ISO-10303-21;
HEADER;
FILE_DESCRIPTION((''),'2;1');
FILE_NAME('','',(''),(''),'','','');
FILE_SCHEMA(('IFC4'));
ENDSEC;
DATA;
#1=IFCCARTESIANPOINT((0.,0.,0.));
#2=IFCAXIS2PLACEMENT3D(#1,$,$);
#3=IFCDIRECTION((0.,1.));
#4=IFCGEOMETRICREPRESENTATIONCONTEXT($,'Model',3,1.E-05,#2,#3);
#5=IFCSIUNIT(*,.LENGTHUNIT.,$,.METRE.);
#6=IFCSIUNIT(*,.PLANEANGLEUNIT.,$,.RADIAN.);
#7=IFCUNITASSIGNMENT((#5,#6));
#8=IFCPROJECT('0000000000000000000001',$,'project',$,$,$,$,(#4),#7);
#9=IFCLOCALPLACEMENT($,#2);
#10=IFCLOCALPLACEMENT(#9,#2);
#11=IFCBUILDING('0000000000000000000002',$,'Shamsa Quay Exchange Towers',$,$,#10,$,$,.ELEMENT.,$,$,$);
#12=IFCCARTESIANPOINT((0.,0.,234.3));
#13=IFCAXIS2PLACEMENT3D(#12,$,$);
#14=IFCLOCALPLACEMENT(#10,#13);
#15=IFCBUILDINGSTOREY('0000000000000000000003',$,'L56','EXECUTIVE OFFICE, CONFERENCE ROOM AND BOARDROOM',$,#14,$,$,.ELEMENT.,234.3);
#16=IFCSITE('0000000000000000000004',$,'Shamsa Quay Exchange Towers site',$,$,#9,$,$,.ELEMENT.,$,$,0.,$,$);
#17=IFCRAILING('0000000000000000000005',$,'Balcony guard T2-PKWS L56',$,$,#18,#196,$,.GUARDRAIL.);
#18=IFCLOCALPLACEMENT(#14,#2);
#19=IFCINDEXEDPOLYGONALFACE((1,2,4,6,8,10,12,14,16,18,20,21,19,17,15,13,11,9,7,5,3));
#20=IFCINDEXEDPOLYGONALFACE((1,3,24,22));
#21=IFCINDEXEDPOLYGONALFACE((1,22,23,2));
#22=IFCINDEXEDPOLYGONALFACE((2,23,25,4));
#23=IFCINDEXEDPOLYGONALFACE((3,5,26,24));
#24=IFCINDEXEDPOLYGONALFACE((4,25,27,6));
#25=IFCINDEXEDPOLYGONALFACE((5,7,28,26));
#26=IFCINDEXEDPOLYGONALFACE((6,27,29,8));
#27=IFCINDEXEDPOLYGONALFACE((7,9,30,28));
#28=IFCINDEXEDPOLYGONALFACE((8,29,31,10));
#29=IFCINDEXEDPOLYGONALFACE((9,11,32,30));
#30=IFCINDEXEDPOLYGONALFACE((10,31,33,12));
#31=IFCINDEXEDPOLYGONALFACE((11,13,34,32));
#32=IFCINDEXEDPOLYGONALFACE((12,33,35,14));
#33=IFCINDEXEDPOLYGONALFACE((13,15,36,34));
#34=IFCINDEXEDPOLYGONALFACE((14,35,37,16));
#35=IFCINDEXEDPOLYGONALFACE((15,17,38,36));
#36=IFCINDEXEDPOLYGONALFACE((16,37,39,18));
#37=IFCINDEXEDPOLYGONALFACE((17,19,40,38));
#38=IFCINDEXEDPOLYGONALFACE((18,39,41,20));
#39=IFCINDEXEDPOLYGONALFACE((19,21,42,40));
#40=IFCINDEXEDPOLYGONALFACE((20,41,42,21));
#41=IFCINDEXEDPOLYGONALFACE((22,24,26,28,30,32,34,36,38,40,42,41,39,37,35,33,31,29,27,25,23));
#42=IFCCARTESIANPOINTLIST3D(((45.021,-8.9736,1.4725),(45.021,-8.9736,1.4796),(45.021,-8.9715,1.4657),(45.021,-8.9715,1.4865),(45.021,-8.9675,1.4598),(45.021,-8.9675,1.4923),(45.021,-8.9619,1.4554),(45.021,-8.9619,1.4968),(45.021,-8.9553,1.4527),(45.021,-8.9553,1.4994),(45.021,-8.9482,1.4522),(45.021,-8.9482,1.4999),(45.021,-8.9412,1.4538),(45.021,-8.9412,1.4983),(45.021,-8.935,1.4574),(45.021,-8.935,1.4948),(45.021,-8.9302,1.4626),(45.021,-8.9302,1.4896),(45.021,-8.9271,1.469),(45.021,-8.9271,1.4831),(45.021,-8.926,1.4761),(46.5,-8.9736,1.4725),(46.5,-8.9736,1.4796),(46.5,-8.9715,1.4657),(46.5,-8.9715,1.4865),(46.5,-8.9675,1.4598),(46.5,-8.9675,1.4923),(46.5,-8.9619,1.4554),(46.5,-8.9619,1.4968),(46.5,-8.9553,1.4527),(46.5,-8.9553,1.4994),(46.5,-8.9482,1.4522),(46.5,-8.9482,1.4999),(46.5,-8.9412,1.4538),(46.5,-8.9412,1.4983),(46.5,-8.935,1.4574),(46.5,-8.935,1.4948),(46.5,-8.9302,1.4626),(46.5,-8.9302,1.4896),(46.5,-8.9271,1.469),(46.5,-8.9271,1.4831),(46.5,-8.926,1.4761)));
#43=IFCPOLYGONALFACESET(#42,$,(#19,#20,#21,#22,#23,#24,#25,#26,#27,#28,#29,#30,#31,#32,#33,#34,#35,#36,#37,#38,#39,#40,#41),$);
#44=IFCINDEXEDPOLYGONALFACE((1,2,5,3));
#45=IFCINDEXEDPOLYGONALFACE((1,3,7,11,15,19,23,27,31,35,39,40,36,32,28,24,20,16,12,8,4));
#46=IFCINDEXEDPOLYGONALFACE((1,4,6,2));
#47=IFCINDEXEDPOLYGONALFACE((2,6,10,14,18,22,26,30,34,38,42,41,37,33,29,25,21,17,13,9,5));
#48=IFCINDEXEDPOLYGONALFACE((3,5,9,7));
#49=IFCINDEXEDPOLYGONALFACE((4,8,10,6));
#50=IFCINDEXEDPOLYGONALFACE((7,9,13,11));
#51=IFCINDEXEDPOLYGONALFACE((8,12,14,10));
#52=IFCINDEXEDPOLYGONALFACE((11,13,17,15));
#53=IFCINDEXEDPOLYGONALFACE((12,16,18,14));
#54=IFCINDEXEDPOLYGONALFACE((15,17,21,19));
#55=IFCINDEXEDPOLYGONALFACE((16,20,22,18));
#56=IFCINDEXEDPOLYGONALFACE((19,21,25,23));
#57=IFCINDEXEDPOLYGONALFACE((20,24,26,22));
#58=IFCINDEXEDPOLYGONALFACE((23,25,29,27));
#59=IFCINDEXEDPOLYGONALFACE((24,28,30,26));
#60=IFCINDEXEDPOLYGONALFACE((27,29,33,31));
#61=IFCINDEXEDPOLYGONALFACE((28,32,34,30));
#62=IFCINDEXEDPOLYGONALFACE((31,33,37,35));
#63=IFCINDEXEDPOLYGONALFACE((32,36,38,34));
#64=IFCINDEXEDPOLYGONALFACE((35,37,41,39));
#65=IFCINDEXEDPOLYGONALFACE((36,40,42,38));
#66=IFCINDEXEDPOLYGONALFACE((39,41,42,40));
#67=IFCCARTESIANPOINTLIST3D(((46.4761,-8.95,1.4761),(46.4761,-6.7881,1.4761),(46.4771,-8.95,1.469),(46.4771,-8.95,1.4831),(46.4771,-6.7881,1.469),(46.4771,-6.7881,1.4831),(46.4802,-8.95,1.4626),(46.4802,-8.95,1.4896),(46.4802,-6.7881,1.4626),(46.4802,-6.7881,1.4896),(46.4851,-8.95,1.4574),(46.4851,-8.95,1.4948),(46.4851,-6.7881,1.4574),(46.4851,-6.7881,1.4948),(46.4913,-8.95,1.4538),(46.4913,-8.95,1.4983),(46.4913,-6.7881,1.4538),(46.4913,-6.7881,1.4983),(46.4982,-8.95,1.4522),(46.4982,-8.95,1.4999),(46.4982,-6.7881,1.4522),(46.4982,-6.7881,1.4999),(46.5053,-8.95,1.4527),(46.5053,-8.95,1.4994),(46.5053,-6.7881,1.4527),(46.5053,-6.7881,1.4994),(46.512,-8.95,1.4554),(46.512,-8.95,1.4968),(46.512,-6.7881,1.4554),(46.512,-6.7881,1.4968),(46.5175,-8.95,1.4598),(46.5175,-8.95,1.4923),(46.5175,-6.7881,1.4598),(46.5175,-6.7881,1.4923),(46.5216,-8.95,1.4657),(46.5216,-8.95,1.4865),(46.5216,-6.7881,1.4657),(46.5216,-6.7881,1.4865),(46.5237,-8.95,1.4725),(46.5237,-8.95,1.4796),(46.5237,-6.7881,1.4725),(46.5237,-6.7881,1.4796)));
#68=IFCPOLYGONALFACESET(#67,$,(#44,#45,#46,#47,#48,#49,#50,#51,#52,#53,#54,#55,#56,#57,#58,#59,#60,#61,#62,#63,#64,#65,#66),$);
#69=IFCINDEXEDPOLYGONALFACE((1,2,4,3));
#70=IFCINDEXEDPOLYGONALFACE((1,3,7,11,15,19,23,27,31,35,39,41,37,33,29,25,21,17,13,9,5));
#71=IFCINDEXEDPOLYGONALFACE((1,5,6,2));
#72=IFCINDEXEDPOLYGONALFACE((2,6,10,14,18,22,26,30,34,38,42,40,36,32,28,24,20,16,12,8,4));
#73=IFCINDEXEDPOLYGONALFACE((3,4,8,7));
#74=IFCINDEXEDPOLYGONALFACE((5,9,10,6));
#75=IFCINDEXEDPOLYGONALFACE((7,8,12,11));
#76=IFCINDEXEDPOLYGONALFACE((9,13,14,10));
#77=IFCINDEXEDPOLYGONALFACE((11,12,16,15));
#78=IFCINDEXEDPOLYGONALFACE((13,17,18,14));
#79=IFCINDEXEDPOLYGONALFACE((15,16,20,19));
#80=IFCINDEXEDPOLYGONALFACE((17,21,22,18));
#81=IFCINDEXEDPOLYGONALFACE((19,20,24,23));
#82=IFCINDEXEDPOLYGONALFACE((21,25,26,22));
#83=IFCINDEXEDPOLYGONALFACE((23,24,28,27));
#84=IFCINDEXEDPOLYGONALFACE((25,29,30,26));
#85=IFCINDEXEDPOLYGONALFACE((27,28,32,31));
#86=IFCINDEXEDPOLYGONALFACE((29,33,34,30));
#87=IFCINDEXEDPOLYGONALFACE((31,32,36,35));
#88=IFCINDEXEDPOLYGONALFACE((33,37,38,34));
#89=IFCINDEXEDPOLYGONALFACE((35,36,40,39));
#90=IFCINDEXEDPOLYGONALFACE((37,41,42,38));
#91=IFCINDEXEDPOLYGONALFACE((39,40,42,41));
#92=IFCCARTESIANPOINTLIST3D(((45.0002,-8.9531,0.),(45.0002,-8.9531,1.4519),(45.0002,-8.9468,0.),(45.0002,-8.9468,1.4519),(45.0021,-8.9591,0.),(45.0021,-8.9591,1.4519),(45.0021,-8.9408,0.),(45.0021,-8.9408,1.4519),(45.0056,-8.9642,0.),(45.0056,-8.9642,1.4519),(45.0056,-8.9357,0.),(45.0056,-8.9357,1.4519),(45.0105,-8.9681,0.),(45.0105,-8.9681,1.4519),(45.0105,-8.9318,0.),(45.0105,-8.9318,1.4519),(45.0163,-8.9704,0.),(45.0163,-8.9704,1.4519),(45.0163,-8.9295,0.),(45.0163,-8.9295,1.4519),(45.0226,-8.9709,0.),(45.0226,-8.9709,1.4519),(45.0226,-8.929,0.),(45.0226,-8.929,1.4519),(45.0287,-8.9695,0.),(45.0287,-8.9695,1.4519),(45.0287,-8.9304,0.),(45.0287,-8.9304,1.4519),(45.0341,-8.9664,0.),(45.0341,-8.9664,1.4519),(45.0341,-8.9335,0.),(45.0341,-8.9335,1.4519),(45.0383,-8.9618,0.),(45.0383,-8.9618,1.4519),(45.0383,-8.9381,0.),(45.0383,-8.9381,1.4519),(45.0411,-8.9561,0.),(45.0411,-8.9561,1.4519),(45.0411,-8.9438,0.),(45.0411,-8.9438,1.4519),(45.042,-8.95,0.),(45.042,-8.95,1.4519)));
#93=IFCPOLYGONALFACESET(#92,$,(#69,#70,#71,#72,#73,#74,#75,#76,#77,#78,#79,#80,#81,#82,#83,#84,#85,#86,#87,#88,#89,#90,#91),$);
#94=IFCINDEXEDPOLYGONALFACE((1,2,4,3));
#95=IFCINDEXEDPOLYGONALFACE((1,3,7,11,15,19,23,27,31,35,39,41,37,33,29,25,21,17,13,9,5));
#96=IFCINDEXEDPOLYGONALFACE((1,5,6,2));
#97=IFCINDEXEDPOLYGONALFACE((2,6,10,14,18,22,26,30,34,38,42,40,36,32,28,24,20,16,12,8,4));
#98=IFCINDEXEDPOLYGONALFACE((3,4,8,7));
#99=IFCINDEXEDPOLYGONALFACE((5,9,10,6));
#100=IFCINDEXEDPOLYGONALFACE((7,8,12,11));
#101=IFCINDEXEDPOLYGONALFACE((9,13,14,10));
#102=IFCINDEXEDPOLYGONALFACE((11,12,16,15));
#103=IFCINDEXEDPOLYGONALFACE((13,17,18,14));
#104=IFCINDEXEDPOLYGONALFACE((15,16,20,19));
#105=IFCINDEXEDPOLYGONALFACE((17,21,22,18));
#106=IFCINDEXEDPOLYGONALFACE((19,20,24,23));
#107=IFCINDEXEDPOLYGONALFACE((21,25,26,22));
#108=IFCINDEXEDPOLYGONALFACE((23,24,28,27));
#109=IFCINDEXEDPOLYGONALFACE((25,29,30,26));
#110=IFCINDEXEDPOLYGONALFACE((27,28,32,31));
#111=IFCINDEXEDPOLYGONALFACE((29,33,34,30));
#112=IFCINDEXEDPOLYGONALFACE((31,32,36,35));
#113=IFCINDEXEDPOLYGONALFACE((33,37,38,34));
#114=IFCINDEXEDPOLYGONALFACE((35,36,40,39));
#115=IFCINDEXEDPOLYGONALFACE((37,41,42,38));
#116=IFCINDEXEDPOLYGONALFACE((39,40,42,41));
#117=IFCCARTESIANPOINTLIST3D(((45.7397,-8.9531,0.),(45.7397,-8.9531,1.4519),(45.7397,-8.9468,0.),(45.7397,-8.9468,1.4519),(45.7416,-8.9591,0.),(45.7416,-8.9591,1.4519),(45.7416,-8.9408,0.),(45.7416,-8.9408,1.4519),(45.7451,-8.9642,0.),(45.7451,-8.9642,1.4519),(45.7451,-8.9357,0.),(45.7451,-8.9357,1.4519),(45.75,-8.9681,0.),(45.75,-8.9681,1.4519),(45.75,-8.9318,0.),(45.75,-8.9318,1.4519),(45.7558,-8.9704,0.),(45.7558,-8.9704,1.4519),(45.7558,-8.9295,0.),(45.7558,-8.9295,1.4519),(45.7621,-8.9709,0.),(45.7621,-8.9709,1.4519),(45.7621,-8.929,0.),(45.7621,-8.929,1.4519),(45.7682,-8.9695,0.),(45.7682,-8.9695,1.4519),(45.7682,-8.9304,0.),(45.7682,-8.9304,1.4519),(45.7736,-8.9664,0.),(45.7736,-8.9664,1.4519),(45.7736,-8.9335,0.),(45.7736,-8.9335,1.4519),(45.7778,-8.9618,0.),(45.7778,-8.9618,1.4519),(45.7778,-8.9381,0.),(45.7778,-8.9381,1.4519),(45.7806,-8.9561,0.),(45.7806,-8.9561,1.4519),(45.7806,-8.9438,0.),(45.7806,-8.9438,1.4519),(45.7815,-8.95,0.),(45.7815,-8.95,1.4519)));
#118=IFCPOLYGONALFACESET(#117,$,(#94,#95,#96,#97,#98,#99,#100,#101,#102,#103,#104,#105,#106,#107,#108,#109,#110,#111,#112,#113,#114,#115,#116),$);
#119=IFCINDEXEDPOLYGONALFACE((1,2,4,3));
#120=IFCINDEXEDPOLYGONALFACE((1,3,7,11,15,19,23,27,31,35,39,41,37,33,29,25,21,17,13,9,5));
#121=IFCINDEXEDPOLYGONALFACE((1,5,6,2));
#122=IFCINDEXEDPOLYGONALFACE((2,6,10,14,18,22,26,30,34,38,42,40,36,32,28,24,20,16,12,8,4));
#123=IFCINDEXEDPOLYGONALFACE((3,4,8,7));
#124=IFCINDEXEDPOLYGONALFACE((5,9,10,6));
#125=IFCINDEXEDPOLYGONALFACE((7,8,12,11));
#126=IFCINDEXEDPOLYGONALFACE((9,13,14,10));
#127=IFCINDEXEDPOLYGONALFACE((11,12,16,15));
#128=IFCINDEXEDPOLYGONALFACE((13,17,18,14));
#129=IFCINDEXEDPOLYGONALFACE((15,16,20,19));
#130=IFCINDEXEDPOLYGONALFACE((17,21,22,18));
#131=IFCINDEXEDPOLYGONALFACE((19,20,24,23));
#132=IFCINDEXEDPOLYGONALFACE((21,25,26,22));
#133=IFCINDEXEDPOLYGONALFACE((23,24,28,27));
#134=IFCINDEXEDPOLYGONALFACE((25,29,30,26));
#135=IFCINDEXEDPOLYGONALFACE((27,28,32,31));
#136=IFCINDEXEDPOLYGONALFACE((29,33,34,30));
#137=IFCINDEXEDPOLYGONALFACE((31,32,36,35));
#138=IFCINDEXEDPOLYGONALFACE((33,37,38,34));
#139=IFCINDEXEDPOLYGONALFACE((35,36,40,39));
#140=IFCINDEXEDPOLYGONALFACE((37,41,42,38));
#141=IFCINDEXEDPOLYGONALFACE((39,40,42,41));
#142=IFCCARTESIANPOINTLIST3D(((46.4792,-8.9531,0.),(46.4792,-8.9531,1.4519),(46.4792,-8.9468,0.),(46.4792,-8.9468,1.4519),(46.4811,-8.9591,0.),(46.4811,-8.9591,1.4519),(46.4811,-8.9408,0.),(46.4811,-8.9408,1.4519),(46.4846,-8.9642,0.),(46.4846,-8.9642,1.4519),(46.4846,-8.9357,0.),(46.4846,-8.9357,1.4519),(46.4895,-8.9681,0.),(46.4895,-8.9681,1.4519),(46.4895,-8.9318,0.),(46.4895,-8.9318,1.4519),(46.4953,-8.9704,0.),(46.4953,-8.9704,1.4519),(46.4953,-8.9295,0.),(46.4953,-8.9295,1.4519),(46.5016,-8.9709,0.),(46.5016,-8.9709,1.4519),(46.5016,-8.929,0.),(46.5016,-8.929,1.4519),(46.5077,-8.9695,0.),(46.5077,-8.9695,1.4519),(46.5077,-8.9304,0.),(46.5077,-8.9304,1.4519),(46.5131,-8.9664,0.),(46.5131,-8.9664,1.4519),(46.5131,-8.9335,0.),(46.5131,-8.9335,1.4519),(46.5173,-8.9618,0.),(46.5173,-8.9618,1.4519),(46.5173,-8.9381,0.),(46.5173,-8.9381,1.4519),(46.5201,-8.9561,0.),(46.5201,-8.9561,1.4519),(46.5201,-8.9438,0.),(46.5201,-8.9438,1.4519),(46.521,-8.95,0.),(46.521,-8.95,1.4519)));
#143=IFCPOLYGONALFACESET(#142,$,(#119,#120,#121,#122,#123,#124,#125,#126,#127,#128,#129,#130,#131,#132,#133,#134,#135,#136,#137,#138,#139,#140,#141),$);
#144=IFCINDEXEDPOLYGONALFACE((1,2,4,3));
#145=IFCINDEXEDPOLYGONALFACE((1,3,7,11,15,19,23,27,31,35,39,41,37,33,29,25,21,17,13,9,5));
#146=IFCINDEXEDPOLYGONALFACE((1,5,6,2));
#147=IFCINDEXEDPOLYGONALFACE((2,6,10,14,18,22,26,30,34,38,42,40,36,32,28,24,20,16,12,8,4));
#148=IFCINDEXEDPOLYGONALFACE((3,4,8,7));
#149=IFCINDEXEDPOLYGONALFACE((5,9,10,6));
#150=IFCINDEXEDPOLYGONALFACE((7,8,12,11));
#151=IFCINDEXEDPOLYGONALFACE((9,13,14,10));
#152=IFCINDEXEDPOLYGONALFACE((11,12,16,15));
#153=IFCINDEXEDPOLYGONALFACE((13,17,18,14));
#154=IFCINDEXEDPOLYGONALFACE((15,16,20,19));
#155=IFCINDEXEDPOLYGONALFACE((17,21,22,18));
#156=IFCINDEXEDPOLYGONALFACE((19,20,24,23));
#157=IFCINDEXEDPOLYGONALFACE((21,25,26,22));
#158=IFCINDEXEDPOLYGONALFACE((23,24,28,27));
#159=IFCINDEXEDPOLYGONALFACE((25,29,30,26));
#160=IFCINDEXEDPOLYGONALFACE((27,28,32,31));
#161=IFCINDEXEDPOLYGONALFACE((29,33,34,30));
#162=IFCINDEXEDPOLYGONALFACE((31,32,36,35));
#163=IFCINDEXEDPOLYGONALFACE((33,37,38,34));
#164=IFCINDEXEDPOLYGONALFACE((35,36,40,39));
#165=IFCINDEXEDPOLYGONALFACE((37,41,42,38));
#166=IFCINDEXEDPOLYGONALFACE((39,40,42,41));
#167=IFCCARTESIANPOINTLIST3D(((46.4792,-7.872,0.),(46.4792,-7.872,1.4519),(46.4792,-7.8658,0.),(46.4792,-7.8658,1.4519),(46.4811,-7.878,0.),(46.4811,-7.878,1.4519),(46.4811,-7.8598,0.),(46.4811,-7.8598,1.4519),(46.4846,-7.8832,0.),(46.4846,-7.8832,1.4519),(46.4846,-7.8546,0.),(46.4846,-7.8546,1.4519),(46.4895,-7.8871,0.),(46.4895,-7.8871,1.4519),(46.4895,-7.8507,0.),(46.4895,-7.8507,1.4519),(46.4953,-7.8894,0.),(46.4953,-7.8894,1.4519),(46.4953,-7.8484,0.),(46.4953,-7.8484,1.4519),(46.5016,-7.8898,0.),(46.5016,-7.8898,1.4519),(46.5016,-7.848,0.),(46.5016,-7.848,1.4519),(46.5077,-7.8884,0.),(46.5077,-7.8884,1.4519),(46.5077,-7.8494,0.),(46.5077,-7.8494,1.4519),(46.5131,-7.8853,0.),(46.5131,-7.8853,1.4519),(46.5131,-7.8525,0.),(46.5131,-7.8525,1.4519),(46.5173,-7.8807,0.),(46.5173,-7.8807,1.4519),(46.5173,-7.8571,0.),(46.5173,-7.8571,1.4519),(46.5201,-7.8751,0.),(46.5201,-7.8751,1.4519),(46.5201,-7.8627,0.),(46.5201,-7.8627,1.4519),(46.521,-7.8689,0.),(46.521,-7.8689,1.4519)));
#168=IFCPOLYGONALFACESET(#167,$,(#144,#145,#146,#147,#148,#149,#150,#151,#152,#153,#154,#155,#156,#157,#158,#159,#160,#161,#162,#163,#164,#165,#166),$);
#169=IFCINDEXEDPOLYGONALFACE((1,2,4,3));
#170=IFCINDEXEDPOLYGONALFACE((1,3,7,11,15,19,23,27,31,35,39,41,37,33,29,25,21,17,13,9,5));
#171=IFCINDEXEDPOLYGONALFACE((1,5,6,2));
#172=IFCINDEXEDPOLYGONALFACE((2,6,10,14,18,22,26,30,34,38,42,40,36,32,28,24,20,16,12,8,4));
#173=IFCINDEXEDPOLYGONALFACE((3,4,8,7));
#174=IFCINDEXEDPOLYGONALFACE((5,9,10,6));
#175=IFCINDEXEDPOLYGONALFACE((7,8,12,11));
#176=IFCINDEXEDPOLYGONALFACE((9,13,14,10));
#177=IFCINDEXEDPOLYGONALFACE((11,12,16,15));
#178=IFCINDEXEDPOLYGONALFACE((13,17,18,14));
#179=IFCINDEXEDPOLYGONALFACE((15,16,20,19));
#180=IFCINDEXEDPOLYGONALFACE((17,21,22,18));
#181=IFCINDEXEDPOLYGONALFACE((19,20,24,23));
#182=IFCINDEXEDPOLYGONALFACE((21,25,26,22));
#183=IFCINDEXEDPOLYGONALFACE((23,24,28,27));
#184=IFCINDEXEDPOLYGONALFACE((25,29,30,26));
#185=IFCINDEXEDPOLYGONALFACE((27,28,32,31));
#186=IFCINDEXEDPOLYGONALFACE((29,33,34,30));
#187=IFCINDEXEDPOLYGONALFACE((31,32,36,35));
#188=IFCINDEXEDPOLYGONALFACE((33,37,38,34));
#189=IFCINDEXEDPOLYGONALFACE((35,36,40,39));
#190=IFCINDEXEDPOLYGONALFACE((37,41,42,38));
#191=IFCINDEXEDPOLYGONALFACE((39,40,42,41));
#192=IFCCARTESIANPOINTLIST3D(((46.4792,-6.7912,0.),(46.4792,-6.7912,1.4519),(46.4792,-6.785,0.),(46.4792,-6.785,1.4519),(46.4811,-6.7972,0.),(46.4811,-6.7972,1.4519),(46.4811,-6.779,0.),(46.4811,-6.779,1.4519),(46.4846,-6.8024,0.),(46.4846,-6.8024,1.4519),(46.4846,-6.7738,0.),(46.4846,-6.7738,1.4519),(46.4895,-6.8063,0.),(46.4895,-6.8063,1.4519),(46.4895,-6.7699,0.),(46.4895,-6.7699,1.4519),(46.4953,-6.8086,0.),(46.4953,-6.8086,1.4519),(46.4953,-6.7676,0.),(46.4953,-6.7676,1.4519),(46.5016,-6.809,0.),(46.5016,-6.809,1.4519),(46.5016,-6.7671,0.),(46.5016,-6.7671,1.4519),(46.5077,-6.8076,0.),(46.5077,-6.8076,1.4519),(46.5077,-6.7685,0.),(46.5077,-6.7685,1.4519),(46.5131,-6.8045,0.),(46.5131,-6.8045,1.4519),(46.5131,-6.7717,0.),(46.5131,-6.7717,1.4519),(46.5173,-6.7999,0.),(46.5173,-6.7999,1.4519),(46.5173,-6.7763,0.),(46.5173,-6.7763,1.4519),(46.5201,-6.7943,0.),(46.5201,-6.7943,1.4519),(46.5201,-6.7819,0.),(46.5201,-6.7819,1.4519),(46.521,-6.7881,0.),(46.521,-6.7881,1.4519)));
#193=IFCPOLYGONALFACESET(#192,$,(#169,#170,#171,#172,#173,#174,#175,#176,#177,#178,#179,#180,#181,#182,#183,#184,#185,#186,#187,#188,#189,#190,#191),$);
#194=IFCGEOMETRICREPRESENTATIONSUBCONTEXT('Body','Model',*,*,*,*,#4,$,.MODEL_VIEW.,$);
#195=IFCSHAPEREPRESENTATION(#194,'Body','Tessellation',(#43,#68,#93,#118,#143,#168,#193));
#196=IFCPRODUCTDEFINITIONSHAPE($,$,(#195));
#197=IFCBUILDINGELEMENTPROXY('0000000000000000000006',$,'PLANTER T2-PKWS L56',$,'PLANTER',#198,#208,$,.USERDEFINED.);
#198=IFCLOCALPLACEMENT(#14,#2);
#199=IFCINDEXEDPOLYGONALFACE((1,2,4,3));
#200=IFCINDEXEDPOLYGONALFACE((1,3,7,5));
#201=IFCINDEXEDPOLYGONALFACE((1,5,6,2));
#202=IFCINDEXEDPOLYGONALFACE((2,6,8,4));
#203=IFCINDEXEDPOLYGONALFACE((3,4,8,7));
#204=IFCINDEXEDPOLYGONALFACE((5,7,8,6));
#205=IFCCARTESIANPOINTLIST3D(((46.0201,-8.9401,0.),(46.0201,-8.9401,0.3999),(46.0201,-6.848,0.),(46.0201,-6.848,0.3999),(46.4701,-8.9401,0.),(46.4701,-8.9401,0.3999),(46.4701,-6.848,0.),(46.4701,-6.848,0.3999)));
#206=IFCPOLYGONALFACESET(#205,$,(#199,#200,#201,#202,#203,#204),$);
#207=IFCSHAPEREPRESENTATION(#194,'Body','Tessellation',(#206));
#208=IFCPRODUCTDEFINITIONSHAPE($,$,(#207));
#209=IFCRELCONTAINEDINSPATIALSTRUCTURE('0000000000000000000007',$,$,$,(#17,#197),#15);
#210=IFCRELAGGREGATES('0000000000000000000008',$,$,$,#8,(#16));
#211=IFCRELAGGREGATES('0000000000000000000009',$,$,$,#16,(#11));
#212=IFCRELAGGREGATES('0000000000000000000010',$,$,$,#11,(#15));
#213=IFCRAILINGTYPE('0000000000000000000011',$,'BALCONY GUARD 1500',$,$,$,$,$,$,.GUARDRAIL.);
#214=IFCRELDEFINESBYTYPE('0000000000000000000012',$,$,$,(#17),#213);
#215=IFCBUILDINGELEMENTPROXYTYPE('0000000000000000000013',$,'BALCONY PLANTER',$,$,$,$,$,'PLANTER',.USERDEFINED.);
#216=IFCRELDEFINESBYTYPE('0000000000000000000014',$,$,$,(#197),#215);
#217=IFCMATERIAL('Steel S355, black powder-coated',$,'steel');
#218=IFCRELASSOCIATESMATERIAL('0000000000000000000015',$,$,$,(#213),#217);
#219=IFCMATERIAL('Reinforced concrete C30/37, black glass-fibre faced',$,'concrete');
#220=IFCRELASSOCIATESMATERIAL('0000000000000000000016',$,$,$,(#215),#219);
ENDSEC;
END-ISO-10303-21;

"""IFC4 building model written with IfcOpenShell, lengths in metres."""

from ifc_helpers import new_model, si_unit, direction, frame, origin, origin_2d, place, context, subcontext, project, spatial, rectangle, circle, extrude, material, type_object, element, save


model = new_model("IFC4")

# Units and contexts
model_context = context("Model", 3, precision=1e-05, world=origin(), true_north=direction((0.0, 1.0)))
body_context = subcontext(model_context, "Body", "Model", "MODEL_VIEW")
ifc_project = project(units=[si_unit("LENGTHUNIT", "METRE"), si_unit("PLANEANGLEUNIT", "RADIAN")], contexts=[model_context])

# Site, building, storey
site_placement = place(None, origin())
site = spatial("IfcSite", under=ifc_project, at=site_placement, Name="Shamsa Quay Exchange Towers site", CompositionType="ELEMENT", RefElevation=0.0)
building_placement = place(site_placement, origin())
building = spatial("IfcBuilding", under=site, at=building_placement, Name="Shamsa Quay Exchange Towers", CompositionType="ELEMENT")
storey_placement = place(building_placement, frame((0.0, 0.0, 234.3)))
storey = spatial("IfcBuildingStorey", under=building, at=storey_placement, Name="L56", Description="EXECUTIVE OFFICE, CONFERENCE ROOM AND BOARDROOM", CompositionType="ELEMENT", Elevation=234.3)

# Railing
ifc_material_1 = material(Name="Steel S355, black powder-coated", Category="steel")
railing_type_1 = type_object("IfcRailingType", Name="BALCONY GUARD 1500", PredefinedType="GUARDRAIL", material=ifc_material_1)
railing_1_placement = place(storey_placement, frame((45.021, -8.95, 0.0)))
element("IfcRailing", 1, at=railing_1_placement, inside=storey, type_object=railing_type_1, Name="Balcony guard T2-PKWS L56", PredefinedType="GUARDRAIL", context=body_context, shape_type="SweptSolid", body=[
    extrude(circle(Radius=0.0239, at=origin_2d()), frame((0.0, 0.0, 1.4761), z_axis=(1.0, 0.0, 0.0), x_axis=(0.0, 1.0, 0.0)), (0.0, 0.0, 1.0), 1.479),
    extrude(circle(Radius=0.0239, at=origin_2d()), frame((1.479, 0.0, 1.4761), z_axis=(0.0, 1.0, 0.0), x_axis=(-1.0, 0.0, 0.0)), (0.0, 0.0, 1.0), 2.1619),
    extrude(circle(Radius=0.021, at=origin_2d()), origin(), (0.0, 0.0, 1.0), 1.4519),
    extrude(circle(Radius=0.021, at=origin_2d()), frame((0.7395, 0.0, 0.0)), (0.0, 0.0, 1.0), 1.4519),
    extrude(circle(Radius=0.021, at=origin_2d()), frame((1.479, 0.0, 0.0)), (0.0, 0.0, 1.0), 1.4519),
    extrude(circle(Radius=0.021, at=origin_2d()), frame((1.479, 1.0811, 0.0)), (0.0, 0.0, 1.0), 1.4519),
    extrude(circle(Radius=0.021, at=origin_2d()), frame((1.479, 2.1619, 0.0)), (0.0, 0.0, 1.0), 1.4519),
])

# Building element proxy
ifc_material_2 = material(Name="Reinforced concrete C30/37, black glass-fibre faced", Category="concrete")
building_element_proxy_type = type_object("IfcBuildingElementProxyType", Name="BALCONY PLANTER", ElementType="PLANTER", PredefinedType="USERDEFINED", material=ifc_material_2)
proxy_placement = place(storey_placement, frame((46.2451, -7.894, 0.0), z_axis=(0.0, 0.0, 1.0), x_axis=(0.0, 1.0, 0.0)))
element("IfcBuildingElementProxy", 2, at=proxy_placement, inside=storey, type_object=building_element_proxy_type, Name="PLANTER T2-PKWS L56", ObjectType="PLANTER", PredefinedType="USERDEFINED", context=body_context, shape_type="SweptSolid", body=[
    extrude(rectangle(XDim=2.092, YDim=0.45, at=origin_2d()), origin(), (0.0, 0.0, 1.0), 0.3999),
])

save(model, "model.ifc")
